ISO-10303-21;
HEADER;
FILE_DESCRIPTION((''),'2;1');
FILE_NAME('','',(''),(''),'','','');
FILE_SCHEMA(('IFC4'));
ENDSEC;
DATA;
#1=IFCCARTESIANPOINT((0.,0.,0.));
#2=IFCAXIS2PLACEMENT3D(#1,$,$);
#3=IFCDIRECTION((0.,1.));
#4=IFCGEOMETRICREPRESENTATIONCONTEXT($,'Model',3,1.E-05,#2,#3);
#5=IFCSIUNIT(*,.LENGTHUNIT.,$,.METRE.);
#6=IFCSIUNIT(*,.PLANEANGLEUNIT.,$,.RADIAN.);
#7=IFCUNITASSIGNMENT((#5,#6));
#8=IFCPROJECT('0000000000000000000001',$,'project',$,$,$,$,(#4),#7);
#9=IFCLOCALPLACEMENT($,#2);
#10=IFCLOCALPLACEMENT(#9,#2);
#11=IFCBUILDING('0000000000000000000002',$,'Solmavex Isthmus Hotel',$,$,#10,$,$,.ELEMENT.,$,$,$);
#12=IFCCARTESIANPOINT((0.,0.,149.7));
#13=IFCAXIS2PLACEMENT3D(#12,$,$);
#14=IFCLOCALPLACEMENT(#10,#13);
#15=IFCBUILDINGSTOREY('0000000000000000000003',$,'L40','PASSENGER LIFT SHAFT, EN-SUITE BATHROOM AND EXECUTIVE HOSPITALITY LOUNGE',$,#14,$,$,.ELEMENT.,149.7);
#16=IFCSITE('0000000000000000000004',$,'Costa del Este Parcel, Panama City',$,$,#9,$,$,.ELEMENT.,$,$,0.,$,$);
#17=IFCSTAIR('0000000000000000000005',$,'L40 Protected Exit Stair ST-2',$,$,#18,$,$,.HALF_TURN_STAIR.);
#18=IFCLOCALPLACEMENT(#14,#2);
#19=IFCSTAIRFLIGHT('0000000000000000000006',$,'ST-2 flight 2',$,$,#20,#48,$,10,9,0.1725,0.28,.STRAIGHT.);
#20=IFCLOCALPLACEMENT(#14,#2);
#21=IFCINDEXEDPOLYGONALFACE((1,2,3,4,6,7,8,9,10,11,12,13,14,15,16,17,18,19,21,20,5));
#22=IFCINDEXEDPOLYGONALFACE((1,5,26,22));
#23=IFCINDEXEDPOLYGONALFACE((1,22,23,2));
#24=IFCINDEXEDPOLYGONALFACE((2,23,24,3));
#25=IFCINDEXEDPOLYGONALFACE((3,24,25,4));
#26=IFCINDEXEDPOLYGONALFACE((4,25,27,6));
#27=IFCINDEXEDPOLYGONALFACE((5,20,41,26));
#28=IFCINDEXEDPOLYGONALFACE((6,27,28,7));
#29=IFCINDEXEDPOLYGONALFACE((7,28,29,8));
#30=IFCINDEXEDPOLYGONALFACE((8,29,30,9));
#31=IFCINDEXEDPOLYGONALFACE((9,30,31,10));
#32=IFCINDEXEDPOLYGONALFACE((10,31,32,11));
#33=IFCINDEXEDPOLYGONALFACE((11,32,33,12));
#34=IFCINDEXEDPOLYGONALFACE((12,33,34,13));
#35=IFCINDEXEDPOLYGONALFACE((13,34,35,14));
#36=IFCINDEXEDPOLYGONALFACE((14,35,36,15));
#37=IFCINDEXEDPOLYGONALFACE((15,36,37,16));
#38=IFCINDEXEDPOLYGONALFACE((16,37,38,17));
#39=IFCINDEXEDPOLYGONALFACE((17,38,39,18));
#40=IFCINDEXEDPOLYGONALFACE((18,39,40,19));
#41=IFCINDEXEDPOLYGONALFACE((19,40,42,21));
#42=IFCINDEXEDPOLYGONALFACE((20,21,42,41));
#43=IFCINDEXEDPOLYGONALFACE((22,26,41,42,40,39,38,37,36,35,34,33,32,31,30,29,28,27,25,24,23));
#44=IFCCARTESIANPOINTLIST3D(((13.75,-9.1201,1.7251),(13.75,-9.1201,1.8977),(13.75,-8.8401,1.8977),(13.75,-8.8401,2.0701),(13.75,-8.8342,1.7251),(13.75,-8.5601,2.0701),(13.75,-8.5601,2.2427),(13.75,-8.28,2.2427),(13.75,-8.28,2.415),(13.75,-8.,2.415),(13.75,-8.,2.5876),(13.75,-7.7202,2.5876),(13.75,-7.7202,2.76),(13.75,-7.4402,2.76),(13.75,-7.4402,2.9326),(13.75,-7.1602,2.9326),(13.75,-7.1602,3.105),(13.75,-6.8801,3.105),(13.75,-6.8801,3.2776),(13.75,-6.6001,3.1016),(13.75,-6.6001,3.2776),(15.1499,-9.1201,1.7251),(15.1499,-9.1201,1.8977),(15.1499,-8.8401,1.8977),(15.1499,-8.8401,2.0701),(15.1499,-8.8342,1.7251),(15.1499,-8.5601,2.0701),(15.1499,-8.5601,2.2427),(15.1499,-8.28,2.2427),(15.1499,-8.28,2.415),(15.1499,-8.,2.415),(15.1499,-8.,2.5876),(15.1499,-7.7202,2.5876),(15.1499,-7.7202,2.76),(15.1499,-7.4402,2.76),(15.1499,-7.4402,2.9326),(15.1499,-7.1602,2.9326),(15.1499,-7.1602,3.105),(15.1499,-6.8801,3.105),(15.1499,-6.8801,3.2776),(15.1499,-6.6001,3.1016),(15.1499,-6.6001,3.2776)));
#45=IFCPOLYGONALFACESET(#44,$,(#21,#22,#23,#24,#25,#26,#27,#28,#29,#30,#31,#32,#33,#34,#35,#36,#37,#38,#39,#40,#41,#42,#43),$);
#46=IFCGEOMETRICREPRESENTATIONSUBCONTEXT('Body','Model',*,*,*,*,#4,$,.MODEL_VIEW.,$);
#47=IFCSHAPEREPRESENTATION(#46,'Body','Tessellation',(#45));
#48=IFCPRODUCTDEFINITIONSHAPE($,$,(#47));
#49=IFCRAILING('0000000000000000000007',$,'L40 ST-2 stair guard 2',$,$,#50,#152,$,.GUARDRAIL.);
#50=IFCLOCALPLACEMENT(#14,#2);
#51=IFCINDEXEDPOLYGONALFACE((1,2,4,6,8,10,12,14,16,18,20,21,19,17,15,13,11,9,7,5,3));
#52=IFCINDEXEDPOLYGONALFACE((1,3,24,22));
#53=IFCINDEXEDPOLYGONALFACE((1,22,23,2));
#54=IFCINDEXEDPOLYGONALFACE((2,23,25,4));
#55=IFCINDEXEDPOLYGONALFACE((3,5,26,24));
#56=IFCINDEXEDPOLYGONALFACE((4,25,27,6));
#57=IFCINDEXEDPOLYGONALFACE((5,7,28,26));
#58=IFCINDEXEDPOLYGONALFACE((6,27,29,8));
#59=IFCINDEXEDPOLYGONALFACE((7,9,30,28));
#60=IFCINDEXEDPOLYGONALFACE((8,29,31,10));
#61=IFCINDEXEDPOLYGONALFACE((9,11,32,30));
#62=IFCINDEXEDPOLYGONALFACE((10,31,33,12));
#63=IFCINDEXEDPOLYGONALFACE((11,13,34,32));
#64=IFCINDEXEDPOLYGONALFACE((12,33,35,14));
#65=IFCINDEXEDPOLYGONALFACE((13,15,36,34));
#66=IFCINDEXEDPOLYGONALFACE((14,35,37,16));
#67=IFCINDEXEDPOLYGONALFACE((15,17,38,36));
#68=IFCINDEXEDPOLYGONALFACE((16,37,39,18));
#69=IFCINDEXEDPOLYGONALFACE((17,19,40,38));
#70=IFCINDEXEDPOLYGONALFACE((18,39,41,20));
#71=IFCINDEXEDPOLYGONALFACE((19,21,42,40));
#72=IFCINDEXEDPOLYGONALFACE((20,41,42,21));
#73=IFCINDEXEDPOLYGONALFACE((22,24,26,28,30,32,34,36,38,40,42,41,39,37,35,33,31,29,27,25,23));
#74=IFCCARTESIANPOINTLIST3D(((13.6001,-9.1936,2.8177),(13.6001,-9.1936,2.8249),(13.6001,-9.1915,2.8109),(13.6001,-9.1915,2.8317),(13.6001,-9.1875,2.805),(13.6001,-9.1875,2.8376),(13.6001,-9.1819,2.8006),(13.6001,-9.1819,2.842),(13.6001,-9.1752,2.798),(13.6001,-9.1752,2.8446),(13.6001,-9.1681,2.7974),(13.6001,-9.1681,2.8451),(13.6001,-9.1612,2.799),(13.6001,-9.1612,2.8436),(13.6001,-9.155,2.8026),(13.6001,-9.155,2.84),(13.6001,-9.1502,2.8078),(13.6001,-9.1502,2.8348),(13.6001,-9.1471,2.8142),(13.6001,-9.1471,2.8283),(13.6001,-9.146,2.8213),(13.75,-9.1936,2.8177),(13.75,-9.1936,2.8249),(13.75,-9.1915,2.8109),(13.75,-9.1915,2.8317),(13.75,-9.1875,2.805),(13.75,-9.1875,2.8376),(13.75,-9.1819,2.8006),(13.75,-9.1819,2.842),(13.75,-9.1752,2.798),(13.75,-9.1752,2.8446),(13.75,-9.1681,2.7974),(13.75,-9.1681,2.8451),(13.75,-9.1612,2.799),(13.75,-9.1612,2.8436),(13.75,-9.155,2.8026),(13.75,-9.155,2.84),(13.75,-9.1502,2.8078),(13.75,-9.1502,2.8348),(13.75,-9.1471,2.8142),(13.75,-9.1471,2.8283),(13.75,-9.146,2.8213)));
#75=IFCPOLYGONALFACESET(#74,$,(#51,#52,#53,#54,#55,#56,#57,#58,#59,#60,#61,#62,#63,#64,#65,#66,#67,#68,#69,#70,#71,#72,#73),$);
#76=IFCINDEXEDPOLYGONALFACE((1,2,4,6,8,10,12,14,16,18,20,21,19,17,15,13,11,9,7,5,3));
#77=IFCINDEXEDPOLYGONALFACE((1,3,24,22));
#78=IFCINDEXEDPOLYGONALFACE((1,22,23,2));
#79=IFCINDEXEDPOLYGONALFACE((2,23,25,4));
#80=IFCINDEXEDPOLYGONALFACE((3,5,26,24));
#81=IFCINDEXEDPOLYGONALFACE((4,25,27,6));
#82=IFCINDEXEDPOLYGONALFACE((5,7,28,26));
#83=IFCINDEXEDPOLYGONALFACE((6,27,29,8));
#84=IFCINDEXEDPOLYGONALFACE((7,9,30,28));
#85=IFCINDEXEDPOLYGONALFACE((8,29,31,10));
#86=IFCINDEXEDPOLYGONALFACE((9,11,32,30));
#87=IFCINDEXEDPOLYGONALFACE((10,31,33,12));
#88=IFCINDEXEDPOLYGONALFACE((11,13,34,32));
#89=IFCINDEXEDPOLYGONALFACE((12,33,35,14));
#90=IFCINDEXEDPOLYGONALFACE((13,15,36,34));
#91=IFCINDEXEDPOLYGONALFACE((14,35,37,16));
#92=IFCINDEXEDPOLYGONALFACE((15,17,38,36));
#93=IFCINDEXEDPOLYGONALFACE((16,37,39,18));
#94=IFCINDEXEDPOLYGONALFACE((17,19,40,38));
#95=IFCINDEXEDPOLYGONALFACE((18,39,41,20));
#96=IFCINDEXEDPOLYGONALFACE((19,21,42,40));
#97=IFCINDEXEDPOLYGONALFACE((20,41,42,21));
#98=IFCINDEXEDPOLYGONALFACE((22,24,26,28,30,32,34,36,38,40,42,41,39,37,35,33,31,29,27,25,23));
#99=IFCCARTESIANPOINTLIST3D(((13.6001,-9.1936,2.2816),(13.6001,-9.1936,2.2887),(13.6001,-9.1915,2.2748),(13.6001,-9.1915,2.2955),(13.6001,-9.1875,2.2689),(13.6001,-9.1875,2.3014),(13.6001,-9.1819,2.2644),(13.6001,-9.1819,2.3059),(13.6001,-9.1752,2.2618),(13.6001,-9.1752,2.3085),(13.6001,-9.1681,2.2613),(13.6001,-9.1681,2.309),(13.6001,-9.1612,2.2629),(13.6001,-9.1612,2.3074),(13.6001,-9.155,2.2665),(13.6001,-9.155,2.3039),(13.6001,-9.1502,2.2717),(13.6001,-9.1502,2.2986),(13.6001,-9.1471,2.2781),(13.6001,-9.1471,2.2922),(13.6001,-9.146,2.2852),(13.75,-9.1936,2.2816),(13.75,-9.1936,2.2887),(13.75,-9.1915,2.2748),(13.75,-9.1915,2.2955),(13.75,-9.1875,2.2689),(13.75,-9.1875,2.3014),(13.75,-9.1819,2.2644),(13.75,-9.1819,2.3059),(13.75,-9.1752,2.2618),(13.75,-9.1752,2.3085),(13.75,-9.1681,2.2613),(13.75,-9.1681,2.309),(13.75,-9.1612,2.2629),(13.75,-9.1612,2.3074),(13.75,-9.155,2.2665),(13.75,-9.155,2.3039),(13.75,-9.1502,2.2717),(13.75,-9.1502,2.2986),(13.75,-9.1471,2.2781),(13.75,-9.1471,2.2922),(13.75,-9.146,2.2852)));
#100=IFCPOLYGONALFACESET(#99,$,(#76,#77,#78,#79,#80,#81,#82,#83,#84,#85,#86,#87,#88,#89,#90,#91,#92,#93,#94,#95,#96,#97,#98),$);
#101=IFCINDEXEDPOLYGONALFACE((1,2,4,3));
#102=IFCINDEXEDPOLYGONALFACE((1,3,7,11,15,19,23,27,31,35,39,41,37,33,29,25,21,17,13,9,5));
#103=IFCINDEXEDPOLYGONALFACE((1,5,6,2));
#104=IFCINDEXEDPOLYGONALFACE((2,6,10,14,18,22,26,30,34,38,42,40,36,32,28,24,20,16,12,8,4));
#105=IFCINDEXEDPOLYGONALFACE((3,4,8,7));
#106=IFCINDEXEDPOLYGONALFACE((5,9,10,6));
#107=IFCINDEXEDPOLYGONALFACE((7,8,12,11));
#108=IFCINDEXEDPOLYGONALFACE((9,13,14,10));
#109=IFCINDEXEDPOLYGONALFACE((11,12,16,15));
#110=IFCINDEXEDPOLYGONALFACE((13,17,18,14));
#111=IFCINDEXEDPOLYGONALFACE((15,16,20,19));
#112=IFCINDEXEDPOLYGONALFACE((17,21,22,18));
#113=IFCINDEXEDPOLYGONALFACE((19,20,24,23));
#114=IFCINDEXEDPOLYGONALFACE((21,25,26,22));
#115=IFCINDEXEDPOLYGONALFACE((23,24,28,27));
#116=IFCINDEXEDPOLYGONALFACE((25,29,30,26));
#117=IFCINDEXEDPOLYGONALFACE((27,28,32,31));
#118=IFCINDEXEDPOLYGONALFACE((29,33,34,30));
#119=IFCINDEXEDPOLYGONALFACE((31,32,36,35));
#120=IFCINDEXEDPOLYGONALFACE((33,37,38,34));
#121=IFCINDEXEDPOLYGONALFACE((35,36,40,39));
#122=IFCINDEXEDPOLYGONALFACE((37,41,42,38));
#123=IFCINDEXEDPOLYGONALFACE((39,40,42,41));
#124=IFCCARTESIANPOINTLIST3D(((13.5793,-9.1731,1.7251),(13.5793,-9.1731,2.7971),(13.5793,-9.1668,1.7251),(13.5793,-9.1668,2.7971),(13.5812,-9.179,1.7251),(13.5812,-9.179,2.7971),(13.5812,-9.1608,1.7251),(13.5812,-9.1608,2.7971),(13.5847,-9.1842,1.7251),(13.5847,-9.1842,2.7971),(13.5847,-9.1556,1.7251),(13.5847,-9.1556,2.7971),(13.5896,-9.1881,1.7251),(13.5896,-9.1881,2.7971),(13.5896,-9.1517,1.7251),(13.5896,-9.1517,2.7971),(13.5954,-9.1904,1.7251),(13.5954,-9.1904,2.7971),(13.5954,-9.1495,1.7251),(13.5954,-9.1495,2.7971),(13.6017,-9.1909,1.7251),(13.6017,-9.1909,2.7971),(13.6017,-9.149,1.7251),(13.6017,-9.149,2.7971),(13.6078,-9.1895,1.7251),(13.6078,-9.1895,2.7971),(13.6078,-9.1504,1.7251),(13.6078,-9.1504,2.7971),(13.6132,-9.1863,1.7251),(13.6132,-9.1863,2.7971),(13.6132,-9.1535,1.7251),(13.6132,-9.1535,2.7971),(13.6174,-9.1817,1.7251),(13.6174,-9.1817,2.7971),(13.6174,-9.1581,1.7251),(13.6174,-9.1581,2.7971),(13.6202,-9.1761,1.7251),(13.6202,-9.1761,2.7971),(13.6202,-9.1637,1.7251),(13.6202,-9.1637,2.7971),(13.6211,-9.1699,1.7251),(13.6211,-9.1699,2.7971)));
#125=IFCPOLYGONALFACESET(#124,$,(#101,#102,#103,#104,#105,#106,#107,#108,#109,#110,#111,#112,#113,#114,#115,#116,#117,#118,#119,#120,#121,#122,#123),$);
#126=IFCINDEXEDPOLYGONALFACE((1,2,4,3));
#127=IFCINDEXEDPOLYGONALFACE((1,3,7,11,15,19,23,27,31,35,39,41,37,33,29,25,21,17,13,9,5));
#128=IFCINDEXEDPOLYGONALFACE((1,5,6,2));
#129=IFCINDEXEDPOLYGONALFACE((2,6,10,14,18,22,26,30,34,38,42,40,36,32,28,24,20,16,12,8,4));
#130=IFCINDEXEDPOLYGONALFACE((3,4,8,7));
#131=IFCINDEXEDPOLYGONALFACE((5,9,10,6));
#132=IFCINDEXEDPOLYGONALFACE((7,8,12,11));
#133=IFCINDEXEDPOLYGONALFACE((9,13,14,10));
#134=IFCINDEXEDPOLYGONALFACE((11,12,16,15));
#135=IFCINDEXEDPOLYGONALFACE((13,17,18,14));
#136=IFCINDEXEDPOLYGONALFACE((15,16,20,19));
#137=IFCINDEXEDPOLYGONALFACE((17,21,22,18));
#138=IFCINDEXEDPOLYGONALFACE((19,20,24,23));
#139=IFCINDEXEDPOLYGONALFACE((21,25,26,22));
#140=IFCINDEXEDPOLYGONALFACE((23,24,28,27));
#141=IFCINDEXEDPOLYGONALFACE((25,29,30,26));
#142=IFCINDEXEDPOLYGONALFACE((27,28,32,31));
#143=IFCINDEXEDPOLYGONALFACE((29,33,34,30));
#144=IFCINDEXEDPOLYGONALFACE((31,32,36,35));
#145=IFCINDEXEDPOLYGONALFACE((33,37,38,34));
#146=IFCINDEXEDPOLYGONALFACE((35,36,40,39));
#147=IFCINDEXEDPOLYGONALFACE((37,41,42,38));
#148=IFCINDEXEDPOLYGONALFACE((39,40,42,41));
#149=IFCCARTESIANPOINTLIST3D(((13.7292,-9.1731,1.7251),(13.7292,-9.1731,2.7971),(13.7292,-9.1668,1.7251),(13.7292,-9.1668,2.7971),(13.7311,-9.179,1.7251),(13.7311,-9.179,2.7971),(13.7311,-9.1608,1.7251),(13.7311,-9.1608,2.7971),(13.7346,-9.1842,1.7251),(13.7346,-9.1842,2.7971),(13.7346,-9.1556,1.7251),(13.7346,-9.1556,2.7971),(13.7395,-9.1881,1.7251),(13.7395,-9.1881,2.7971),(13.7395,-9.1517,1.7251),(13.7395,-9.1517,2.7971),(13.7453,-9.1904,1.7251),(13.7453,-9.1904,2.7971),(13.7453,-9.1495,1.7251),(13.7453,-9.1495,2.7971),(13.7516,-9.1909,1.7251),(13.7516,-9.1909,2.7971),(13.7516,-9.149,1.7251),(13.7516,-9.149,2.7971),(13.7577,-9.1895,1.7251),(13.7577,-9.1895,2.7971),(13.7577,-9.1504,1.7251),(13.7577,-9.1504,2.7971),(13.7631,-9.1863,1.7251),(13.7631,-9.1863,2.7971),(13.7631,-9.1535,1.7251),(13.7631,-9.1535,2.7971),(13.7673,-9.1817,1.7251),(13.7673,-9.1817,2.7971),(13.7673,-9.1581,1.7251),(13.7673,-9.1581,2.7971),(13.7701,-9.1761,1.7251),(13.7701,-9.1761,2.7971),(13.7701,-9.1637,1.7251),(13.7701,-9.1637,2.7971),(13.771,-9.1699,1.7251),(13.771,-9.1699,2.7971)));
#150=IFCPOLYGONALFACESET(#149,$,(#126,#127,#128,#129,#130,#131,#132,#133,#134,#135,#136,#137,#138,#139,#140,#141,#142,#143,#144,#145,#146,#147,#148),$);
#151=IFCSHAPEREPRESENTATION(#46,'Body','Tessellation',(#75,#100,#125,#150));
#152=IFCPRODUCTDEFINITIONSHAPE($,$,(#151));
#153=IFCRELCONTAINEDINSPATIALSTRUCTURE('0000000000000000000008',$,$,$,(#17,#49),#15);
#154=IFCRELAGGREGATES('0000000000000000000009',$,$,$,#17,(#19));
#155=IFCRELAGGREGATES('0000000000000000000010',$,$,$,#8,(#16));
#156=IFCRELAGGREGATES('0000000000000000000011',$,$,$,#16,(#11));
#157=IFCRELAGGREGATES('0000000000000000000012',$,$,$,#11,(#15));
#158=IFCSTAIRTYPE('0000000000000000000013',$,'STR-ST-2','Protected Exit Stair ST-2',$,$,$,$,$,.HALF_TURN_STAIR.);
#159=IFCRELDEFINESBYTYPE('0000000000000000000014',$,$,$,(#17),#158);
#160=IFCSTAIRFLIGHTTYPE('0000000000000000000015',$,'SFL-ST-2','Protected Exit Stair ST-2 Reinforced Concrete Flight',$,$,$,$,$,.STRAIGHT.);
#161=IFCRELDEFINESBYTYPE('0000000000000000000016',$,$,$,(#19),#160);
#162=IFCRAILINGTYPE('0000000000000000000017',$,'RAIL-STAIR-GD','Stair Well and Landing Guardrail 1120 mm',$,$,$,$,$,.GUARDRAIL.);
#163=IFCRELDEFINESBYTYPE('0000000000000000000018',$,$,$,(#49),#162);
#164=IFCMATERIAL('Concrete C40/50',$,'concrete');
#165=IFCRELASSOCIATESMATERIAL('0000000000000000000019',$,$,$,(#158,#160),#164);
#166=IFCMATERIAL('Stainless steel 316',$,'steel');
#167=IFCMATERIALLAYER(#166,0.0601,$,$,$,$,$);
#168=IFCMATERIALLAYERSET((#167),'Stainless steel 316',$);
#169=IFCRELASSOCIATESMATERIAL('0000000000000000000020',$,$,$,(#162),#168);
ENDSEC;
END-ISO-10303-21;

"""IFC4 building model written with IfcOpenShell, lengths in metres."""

from ifc_helpers import new_model, si_unit, direction, frame, origin, origin_2d, place, context, subcontext, project, spatial, polyline, circle, outline, extrude, material, layer, layer_set, type_object, element, aggregate, save


model = new_model("IFC4")

# Units and contexts
model_context = context("Model", 3, precision=1e-05, world=origin(), true_north=direction((0.0, 1.0)))
body_context = subcontext(model_context, "Body", "Model", "MODEL_VIEW")
ifc_project = project(units=[si_unit("LENGTHUNIT", "METRE"), si_unit("PLANEANGLEUNIT", "RADIAN")], contexts=[model_context])

# Site, building, storey
site_placement = place(None, origin())
site = spatial("IfcSite", under=ifc_project, at=site_placement, Name="Costa del Este Parcel, Panama City", CompositionType="ELEMENT", RefElevation=0.0)
building_placement = place(site_placement, origin())
building = spatial("IfcBuilding", under=site, at=building_placement, Name="Solmavex Isthmus Hotel", CompositionType="ELEMENT")
storey_placement = place(building_placement, frame((0.0, 0.0, 149.7)))
storey = spatial("IfcBuildingStorey", under=building, at=storey_placement, Name="L40", Description="PASSENGER LIFT SHAFT, EN-SUITE BATHROOM AND EXECUTIVE HOSPITALITY LOUNGE", CompositionType="ELEMENT", Elevation=149.7)

# Shared definitions
ifc_material_1 = material(Name="Concrete C40/50", Category="concrete")

# Stair, stair flight
stair_type = type_object("IfcStairType", Name="STR-ST-2", Description="Protected Exit Stair ST-2", PredefinedType="HALF_TURN_STAIR", material=ifc_material_1)
stair_placement = place(storey_placement, origin())
stair = element("IfcStair", 1, at=stair_placement, inside=storey, type_object=stair_type, Name="L40 Protected Exit Stair ST-2", PredefinedType="HALF_TURN_STAIR")
stair_flight_type = type_object("IfcStairFlightType", Name="SFL-ST-2", Description="Protected Exit Stair ST-2 Reinforced Concrete Flight", PredefinedType="STRAIGHT", material=ifc_material_1)
stair_flight_placement = place(storey_placement, frame((14.45, -9.1201, 1.7251), z_axis=(0.0, 0.0, 1.0), x_axis=(0.0, 1.0, 0.0)))
stair_flight = element("IfcStairFlight", 2, at=stair_flight_placement, type_object=stair_flight_type, Name="ST-2 flight 2", NumberOfRisers=10, NumberOfTreads=9, PredefinedType="STRAIGHT", RiserHeight=0.1725, TreadLength=0.28, context=body_context, shape_type="SweptSolid", body=[
    extrude(outline(polyline([(0.0, 0.0), (0.0, 0.1726), (0.28, 0.1726), (0.28, 0.345), (0.5601, 0.345), (0.5601, 0.5176), (0.8401, 0.5176), (0.8401, 0.6899), (1.1201, 0.6899), (1.1201, 0.8625), (1.3999, 0.8625), (1.3999, 1.0349), (1.6799, 1.0349), (1.6799, 1.2075), (1.96, 1.2075), (1.96, 1.3799), (2.24, 1.3799), (2.24, 1.5525), (2.52, 1.5525), (2.52, 1.7251), (2.52, 1.3765), (0.2859, 0.0), (0.0, 0.0)])), frame((0.0, 0.7, 0.0), z_axis=(0.0, -1.0, 0.0), x_axis=(1.0, 0.0, 0.0)), (0.0, 0.0, 1.0), 1.3999),
])
aggregate(stair, [stair_flight])

# Railing
ifc_material_2 = material(Name="Stainless steel 316", Category="steel")
ifc_layer_1 = layer(ifc_material_2, 0.0601)
ifc_layer_set_1 = layer_set([ifc_layer_1], Name="Stainless steel 316")
railing_type_1 = type_object("IfcRailingType", Name="RAIL-STAIR-GD", Description="Stair Well and Landing Guardrail 1120 mm", PredefinedType="GUARDRAIL", material=ifc_layer_set_1)
railing_1_placement = place(storey_placement, frame((13.6001, -9.1699, 1.7251)))
element("IfcRailing", 3, at=railing_1_placement, inside=storey, type_object=railing_type_1, Name="L40 ST-2 stair guard 2", PredefinedType="GUARDRAIL", context=body_context, shape_type="SweptSolid", body=[
    extrude(circle(Radius=0.0239, at=origin_2d()), frame((0.0, 0.0, 1.0962), z_axis=(1.0, 0.0, 0.0), x_axis=(0.0, 1.0, 0.0)), (0.0, 0.0, 1.0), 0.1499),
    extrude(circle(Radius=0.0239, at=origin_2d()), frame((0.0, 0.0, 0.5601), z_axis=(1.0, 0.0, 0.0), x_axis=(0.0, 1.0, 0.0)), (0.0, 0.0, 1.0), 0.1499),
    extrude(circle(Radius=0.021, at=origin_2d()), origin(), (0.0, 0.0, 1.0), 1.072),
    extrude(circle(Radius=0.021, at=origin_2d()), frame((0.1499, 0.0, 0.0)), (0.0, 0.0, 1.0), 1.072),
])

save(model, "model.ifc")
